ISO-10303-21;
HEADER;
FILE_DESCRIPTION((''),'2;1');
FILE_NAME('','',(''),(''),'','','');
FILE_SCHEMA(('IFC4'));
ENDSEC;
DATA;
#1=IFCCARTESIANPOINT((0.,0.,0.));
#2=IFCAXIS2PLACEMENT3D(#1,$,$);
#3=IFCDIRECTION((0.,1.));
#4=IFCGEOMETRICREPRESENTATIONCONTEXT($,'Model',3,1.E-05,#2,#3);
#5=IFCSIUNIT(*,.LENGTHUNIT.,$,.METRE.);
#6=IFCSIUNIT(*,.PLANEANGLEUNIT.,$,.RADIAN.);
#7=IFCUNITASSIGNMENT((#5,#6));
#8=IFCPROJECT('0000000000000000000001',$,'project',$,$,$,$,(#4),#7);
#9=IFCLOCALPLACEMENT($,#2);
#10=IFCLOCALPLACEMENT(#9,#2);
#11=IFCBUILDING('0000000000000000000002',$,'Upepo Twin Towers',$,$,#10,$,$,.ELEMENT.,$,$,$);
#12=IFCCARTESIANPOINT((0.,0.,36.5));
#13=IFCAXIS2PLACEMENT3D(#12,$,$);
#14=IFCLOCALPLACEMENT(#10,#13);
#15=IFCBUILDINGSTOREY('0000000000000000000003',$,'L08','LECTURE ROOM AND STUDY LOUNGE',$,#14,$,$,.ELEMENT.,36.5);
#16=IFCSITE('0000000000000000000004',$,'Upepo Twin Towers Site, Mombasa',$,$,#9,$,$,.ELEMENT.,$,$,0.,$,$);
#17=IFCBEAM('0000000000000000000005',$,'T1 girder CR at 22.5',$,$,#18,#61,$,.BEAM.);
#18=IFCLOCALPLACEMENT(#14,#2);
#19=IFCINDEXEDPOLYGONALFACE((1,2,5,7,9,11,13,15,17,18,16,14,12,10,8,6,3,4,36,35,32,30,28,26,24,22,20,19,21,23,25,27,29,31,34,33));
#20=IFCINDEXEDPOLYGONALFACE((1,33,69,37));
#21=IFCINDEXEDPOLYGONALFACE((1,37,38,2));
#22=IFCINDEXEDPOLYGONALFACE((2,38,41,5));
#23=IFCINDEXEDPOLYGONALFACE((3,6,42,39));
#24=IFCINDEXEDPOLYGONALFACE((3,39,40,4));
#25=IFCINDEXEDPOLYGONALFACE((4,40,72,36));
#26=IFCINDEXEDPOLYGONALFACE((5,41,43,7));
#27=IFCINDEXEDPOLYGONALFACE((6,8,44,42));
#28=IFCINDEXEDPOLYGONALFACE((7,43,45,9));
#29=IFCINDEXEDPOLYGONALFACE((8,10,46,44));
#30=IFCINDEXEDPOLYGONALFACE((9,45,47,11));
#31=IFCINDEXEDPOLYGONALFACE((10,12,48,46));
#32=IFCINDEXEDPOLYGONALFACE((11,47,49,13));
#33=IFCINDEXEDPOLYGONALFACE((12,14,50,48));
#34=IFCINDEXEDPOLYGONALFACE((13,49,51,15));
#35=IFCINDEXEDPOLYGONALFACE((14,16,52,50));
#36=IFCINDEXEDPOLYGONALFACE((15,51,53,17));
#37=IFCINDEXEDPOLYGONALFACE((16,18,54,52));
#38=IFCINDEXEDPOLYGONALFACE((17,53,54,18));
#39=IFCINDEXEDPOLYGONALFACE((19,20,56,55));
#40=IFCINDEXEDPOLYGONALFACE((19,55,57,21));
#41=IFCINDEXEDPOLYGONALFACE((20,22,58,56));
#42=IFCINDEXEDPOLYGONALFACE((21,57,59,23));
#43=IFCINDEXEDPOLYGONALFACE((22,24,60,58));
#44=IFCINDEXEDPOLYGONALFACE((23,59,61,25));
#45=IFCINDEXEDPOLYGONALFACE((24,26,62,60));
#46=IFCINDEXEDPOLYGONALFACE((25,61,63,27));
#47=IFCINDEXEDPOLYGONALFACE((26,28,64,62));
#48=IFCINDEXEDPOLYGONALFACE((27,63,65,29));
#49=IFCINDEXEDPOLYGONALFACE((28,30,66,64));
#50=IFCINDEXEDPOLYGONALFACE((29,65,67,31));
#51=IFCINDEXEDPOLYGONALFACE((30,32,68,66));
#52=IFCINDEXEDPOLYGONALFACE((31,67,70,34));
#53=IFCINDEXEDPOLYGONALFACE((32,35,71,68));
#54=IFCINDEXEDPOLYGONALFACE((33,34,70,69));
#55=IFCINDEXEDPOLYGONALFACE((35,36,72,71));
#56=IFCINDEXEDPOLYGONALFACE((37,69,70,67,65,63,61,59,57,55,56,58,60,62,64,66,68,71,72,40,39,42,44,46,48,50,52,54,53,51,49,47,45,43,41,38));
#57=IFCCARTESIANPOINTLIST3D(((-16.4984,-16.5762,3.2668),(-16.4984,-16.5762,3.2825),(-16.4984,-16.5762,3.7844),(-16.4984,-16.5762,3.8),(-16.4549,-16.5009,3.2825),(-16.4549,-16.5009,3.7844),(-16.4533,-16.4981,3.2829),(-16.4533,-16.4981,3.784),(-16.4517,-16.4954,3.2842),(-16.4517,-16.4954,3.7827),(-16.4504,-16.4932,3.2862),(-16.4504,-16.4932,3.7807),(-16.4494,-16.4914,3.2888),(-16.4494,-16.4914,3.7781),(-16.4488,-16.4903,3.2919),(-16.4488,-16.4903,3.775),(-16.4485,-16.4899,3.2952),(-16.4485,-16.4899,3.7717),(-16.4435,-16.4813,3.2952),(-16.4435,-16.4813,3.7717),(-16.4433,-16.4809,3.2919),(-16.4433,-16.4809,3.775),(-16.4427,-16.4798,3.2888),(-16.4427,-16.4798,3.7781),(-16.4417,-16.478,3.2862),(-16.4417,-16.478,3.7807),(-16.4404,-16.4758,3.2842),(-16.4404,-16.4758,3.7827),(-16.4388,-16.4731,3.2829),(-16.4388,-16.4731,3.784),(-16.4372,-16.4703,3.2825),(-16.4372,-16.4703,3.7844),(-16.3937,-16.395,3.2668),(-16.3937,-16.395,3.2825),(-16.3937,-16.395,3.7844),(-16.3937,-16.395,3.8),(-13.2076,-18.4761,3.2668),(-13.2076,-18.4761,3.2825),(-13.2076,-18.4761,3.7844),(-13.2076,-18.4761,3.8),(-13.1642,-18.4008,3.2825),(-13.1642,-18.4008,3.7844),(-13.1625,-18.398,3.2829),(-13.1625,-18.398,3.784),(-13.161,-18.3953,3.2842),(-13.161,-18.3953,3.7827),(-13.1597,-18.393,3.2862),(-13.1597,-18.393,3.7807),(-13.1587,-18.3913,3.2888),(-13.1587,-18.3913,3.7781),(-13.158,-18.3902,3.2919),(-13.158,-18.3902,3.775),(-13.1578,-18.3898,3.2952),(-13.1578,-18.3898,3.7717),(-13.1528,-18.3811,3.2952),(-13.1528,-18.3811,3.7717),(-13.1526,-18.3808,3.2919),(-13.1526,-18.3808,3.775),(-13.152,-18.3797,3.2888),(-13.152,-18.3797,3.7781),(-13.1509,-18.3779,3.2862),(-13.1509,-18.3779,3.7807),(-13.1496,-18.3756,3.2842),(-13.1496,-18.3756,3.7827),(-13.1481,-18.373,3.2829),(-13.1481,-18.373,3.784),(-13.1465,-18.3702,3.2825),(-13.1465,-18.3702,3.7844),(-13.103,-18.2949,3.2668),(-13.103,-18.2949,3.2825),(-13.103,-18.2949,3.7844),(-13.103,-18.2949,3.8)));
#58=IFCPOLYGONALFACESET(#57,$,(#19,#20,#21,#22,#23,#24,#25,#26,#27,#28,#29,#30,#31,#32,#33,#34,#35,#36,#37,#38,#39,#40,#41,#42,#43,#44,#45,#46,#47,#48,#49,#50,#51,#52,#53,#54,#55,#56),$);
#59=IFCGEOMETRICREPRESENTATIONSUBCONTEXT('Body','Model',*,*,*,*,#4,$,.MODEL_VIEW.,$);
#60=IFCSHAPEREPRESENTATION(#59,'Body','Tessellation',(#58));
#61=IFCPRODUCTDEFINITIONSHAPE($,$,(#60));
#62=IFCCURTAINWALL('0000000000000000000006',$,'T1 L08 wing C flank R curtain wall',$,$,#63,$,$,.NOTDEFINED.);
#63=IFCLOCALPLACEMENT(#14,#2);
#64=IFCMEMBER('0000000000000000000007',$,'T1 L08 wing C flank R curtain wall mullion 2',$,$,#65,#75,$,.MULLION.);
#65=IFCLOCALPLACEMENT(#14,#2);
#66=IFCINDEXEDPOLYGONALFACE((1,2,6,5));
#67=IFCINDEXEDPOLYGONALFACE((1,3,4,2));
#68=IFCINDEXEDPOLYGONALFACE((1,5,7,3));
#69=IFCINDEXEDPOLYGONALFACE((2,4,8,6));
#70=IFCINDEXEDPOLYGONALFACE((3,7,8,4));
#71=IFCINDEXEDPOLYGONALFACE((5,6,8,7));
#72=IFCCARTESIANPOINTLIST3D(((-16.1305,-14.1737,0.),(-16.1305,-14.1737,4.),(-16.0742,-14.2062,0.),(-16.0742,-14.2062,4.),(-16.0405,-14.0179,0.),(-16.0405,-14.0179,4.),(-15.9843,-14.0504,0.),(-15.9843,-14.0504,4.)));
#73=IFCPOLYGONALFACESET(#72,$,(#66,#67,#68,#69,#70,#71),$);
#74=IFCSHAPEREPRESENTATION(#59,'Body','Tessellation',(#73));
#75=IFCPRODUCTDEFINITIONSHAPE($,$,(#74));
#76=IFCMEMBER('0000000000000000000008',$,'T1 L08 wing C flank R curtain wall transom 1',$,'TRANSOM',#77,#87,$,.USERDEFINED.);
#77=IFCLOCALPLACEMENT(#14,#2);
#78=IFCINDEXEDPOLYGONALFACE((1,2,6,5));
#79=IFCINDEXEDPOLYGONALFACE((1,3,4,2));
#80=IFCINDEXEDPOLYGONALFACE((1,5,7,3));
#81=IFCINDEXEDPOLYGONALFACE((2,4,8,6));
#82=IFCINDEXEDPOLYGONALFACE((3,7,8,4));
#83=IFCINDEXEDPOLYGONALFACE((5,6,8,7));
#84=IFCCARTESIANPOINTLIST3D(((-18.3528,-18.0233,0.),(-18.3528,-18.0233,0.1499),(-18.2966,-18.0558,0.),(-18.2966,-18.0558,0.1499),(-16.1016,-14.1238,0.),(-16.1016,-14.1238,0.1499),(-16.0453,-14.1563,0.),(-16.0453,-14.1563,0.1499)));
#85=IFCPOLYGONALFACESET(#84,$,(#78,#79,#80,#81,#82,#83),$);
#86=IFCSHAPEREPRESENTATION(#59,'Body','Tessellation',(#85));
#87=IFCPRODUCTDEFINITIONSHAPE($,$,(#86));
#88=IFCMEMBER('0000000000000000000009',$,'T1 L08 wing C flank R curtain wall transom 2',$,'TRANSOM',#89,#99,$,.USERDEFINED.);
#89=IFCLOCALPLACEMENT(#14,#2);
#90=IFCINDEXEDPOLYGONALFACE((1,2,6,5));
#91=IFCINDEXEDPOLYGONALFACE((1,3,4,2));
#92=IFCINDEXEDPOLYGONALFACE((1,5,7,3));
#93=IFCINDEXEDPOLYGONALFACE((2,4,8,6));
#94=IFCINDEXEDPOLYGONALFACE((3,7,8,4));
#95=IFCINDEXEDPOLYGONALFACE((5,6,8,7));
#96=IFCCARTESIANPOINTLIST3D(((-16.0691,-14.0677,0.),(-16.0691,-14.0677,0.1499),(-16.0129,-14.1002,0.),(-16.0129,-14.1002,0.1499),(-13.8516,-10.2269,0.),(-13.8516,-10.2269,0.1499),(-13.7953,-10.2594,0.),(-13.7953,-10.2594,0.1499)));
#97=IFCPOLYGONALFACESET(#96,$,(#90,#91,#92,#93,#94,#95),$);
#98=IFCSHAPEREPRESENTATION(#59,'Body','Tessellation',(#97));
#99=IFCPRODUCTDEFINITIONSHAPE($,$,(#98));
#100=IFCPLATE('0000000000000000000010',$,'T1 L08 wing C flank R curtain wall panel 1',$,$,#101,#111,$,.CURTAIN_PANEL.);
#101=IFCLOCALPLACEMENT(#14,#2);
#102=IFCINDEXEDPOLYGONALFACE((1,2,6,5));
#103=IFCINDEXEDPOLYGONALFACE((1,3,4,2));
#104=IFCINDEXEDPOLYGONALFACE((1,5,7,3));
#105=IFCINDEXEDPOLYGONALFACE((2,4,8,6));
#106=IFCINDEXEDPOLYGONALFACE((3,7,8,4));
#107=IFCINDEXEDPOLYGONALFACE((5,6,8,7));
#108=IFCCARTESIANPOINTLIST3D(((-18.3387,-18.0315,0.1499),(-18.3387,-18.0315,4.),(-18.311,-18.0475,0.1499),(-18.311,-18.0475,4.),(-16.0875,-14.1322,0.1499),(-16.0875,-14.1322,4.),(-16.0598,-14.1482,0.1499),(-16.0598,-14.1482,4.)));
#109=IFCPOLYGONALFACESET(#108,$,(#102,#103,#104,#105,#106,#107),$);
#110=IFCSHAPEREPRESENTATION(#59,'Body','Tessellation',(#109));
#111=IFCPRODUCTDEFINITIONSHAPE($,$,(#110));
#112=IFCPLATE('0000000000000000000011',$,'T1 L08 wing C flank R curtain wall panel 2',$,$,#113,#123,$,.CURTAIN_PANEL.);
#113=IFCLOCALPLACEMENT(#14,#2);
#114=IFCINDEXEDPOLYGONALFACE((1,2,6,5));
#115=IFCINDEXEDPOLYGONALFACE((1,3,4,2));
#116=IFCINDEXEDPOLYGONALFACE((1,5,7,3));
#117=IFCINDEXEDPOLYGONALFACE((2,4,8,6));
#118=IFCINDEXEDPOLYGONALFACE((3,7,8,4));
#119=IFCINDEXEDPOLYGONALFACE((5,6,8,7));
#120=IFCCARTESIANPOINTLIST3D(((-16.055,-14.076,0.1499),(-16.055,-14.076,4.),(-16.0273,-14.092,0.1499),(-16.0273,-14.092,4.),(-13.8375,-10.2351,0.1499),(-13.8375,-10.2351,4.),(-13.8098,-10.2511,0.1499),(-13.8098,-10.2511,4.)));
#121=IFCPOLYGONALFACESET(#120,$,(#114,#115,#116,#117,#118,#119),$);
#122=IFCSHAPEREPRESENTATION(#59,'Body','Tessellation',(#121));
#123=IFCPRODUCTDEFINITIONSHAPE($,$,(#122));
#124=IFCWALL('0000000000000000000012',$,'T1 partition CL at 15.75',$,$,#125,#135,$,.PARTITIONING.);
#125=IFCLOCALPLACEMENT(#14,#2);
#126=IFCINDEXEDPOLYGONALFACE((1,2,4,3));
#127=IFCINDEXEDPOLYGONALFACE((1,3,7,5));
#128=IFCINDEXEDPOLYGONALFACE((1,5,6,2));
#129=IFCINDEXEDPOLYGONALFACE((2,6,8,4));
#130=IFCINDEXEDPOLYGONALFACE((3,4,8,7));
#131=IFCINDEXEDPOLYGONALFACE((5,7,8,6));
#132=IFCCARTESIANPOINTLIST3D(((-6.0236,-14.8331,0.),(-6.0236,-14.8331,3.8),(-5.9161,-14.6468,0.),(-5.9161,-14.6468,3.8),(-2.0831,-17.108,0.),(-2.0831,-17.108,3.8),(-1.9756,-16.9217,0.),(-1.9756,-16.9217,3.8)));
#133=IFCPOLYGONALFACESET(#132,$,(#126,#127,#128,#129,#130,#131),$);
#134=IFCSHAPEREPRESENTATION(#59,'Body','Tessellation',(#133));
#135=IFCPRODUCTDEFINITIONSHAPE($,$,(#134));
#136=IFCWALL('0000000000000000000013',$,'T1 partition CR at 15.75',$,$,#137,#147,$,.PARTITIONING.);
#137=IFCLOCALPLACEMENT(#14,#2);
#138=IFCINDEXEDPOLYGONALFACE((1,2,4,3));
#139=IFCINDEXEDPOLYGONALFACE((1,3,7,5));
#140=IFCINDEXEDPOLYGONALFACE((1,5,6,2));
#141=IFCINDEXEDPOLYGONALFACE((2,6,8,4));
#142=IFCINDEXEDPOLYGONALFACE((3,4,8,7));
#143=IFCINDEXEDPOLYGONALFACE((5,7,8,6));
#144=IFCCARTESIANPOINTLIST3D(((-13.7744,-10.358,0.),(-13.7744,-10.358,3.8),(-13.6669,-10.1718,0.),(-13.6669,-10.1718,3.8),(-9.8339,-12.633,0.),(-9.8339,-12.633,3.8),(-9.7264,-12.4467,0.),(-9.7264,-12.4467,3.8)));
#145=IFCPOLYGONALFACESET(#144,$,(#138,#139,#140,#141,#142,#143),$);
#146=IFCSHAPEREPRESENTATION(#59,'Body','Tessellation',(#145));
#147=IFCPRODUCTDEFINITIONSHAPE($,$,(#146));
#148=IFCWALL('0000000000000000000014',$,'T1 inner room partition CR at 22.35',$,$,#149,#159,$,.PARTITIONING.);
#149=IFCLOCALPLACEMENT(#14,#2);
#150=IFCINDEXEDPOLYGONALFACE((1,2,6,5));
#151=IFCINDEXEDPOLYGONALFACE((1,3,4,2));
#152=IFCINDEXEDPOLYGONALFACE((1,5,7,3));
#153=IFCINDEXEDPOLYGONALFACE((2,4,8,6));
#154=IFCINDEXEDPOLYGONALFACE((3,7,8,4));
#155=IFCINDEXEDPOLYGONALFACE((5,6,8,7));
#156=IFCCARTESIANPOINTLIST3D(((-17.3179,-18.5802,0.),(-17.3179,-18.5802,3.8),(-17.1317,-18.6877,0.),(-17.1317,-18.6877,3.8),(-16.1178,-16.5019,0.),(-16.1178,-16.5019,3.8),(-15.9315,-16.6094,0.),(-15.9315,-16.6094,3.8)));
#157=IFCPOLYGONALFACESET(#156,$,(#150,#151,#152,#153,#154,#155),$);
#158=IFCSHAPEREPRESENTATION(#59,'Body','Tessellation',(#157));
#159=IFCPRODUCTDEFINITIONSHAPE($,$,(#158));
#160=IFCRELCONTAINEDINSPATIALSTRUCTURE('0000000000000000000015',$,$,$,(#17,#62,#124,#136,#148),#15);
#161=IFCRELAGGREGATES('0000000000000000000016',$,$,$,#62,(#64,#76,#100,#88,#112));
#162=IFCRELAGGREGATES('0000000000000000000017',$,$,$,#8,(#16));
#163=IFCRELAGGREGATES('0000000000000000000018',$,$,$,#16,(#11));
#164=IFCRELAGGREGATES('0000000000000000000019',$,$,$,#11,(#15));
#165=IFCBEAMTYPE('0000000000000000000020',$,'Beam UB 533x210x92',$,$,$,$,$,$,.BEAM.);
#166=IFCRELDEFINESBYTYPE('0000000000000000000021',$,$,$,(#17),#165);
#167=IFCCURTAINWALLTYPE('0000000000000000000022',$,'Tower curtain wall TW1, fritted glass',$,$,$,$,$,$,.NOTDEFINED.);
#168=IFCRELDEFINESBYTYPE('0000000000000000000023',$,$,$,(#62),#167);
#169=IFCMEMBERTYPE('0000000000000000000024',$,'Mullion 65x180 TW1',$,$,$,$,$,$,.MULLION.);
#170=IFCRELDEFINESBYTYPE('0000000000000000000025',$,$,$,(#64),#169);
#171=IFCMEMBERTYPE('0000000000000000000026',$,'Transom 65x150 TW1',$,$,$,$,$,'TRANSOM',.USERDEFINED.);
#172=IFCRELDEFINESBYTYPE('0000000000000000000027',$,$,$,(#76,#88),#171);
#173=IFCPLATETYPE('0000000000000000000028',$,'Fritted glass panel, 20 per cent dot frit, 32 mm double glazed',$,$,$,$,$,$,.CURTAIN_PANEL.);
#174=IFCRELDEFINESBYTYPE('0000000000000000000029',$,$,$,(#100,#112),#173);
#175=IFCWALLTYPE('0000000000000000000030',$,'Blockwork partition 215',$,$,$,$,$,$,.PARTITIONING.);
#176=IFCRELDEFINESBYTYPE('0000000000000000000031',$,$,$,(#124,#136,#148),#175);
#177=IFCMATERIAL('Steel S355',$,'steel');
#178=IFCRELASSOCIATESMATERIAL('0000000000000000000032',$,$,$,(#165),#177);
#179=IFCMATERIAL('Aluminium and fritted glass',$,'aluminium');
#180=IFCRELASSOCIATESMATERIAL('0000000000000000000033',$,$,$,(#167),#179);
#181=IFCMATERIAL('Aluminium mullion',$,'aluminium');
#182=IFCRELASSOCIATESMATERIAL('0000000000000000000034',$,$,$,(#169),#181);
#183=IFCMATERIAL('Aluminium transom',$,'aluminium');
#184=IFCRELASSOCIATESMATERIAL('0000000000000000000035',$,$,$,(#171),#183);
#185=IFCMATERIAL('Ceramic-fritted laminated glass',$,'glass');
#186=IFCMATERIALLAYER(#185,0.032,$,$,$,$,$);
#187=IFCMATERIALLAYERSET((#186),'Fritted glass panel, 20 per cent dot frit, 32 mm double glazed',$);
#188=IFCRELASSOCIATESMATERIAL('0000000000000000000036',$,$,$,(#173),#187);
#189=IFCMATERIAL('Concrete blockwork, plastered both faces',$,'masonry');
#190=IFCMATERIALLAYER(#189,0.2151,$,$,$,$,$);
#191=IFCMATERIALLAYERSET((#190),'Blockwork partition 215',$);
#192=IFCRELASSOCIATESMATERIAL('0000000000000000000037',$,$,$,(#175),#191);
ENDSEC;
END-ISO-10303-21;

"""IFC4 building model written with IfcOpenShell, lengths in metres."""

from ifc_helpers import new_model, si_unit, direction, frame, frame_2d, origin, origin_2d, place, context, subcontext, project, spatial, rectangle, i_section, extrude, material, layer, layer_set, material_profile, profile_set, type_object, element, aggregate, save


model = new_model("IFC4")

# Units and contexts
model_context = context("Model", 3, precision=1e-05, world=origin(), true_north=direction((0.0, 1.0)))
body_context = subcontext(model_context, "Body", "Model", "MODEL_VIEW")
ifc_project = project(units=[si_unit("LENGTHUNIT", "METRE"), si_unit("PLANEANGLEUNIT", "RADIAN")], contexts=[model_context])

# Site, building, storey
site_placement = place(None, origin())
site = spatial("IfcSite", under=ifc_project, at=site_placement, Name="Upepo Twin Towers Site, Mombasa", CompositionType="ELEMENT", RefElevation=0.0)
building_placement = place(site_placement, origin())
building = spatial("IfcBuilding", under=site, at=building_placement, Name="Upepo Twin Towers", CompositionType="ELEMENT")
storey_placement = place(building_placement, frame((0.0, 0.0, 36.5)))
storey = spatial("IfcBuildingStorey", under=building, at=storey_placement, Name="L08", Description="LECTURE ROOM AND STUDY LOUNGE", CompositionType="ELEMENT", Elevation=36.5)

# Beam
ifc_material_1 = material(Name="Steel S355", Category="steel")
ifc_material_profile_1 = material_profile(ifc_material_1, i_section(OverallWidth=0.2092, OverallDepth=0.5332, WebThickness=0.01, FlangeThickness=0.0156, FilletRadius=0.0127, at=origin_2d()), Name="UB 533x210x92")
ifc_profile_set_1 = profile_set([ifc_material_profile_1], Name="Steel S355")
beam_type_1 = type_object("IfcBeamType", Name="Beam UB 533x210x92", PredefinedType="BEAM", material=ifc_profile_set_1)
beam_1_placement = place(storey_placement, frame((-16.446, -16.4856, 3.5334), z_axis=(0.866028, -0.499995, 0.0), x_axis=(0.499995, 0.866028, 0.0)))
element("IfcBeam", 1, at=beam_1_placement, inside=storey, type_object=beam_type_1, Name="T1 girder CR at 22.5", PredefinedType="BEAM", context=body_context, shape_type="SweptSolid", body=[
    extrude(i_section(OverallWidth=0.2092, OverallDepth=0.5332, WebThickness=0.01, FlangeThickness=0.0156, FilletRadius=0.0127, at=origin_2d()), origin(), (0.0, 0.0, 1.0), 3.7998),
])

# Curtain wall, members, plates
ifc_material_2 = material(Name="Aluminium and fritted glass", Category="aluminium")
curtain_wall_type = type_object("IfcCurtainWallType", Name="Tower curtain wall TW1, fritted glass", PredefinedType="NOTDEFINED", material=ifc_material_2)
curtain_wall_placement = place(storey_placement, origin())
curtain_wall = element("IfcCurtainWall", 2, at=curtain_wall_placement, inside=storey, type_object=curtain_wall_type, Name="T1 L08 wing C flank R curtain wall", PredefinedType="NOTDEFINED")
ifc_material_3 = material(Name="Aluminium mullion", Category="aluminium")
ifc_material_profile_2 = material_profile(ifc_material_3, rectangle(XDim=0.0649, YDim=0.1799, at=origin_2d()), Name="MULLION 65x180")
ifc_profile_set_2 = profile_set([ifc_material_profile_2], Name="Aluminium mullion")
member_type_1 = type_object("IfcMemberType", Name="Mullion 65x180 TW1", PredefinedType="MULLION", material=ifc_profile_set_2)
member_1_placement = place(storey_placement, frame((-16.0574, -14.1121, 0.0), z_axis=(0.0, 0.0, 1.0), x_axis=(-0.866025, 0.5, 0.0)))
member_1 = element("IfcMember", 3, at=member_1_placement, type_object=member_type_1, Name="T1 L08 wing C flank R curtain wall mullion 2", PredefinedType="MULLION", context=body_context, shape_type="SweptSolid", body=[
    extrude(rectangle(XDim=0.0649, YDim=0.1799, at=origin_2d()), origin(), (0.0, 0.0, 1.0), 4.0),
])
ifc_material_4 = material(Name="Aluminium transom", Category="aluminium")
ifc_material_profile_3 = material_profile(ifc_material_4, rectangle(XDim=0.0649, YDim=0.1499, at=origin_2d()), Name="TRANSOM 65x150")
ifc_profile_set_3 = profile_set([ifc_material_profile_3], Name="Aluminium transom")
member_type_2 = type_object("IfcMemberType", Name="Transom 65x150 TW1", ElementType="TRANSOM", PredefinedType="USERDEFINED", material=ifc_profile_set_3)
member_2_placement = place(storey_placement, frame((-18.3247, -18.0396, 0.075), z_axis=(0.499982, 0.866036, 0.0), x_axis=(-0.866036, 0.499982, 0.0)))
member_2 = element("IfcMember", 4, at=member_2_placement, type_object=member_type_2, Name="T1 L08 wing C flank R curtain wall transom 1", ObjectType="TRANSOM", PredefinedType="USERDEFINED", context=body_context, shape_type="SweptSolid", body=[
    extrude(rectangle(XDim=0.0649, YDim=0.1499, at=origin_2d()), origin(), (0.0, 0.0, 1.0), 4.5027),
])
member_3_placement = place(storey_placement, frame((-16.041, -14.084, 0.075), z_axis=(0.500005, 0.866022, 0.0), x_axis=(-0.866022, 0.500005, 0.0)))
member_3 = element("IfcMember", 5, at=member_3_placement, type_object=member_type_2, Name="T1 L08 wing C flank R curtain wall transom 2", ObjectType="TRANSOM", PredefinedType="USERDEFINED", context=body_context, shape_type="SweptSolid", body=[
    extrude(rectangle(XDim=0.0649, YDim=0.1499, at=origin_2d()), origin(), (0.0, 0.0, 1.0), 4.4351),
])
ifc_material_5 = material(Name="Ceramic-fritted laminated glass", Category="glass")
ifc_layer_1 = layer(ifc_material_5, 0.032)
ifc_layer_set_1 = layer_set([ifc_layer_1], Name="Fritted glass panel, 20 per cent dot frit, 32 mm double glazed")
plate_type = type_object("IfcPlateType", Name="Fritted glass panel, 20 per cent dot frit, 32 mm double glazed", PredefinedType="CURTAIN_PANEL", material=ifc_layer_set_1)
plate_1_placement = place(storey_placement, frame((-17.1992, -16.0898, 0.1499), z_axis=(0.0, 0.0, 1.0), x_axis=(0.5, 0.866025, 0.0)))
plate_1 = element("IfcPlate", 6, at=plate_1_placement, type_object=plate_type, Name="T1 L08 wing C flank R curtain wall panel 1", PredefinedType="CURTAIN_PANEL", context=body_context, shape_type="SweptSolid", body=[
    extrude(rectangle(XDim=4.5024, YDim=0.032, at=origin_2d()), origin(), (0.0, 0.0, 1.0), 3.8501),
])
plate_2_placement = place(storey_placement, frame((-14.9324, -12.1636, 0.1499), z_axis=(0.0, 0.0, 1.0), x_axis=(0.5, 0.866025, 0.0)))
plate_2 = element("IfcPlate", 7, at=plate_2_placement, type_object=plate_type, Name="T1 L08 wing C flank R curtain wall panel 2", PredefinedType="CURTAIN_PANEL", context=body_context, shape_type="SweptSolid", body=[
    extrude(rectangle(XDim=4.4351, YDim=0.032, at=origin_2d()), origin(), (0.0, 0.0, 1.0), 3.8501),
])
aggregate(curtain_wall, [member_1, member_2, plate_1, member_3, plate_2])

# Walls
ifc_material_6 = material(Name="Concrete blockwork, plastered both faces", Category="masonry")
ifc_layer_2 = layer(ifc_material_6, 0.2151)
ifc_layer_set_2 = layer_set([ifc_layer_2], Name="Blockwork partition 215")
wall_type_1 = type_object("IfcWallType", Name="Blockwork partition 215", PredefinedType="PARTITIONING", material=ifc_layer_set_2)
for number, where, z_axis, x_axis, name in (
    (8, (-5.9697, -14.74, 0.0), (0.0, 0.0, 1.0), (0.866035, -0.499983, 0.0), "T1 partition CL at 15.75"),
    (9, (-9.7803, -12.5398, 0.0), (0.0, 0.0, 1.0), (-0.866035, 0.499983, 0.0), "T1 partition CR at 15.75"),
):
    element("IfcWall", number, at=place(storey_placement, frame(where, z_axis=z_axis, x_axis=x_axis)), inside=storey, type_object=wall_type_1, Name=name, PredefinedType="PARTITIONING", context=body_context, shape_type="SweptSolid", body=[
        extrude(rectangle(XDim=4.55, YDim=0.2151, at=frame_2d((2.2749, 0.0))), origin(), (0.0, 0.0, 1.0), 3.8),
    ])
wall_1_placement = place(storey_placement, frame((-16.0247, -16.5557, 0.0), z_axis=(0.0, 0.0, 1.0), x_axis=(-0.500078, -0.865981, 0.0)))
element("IfcWall", 10, at=wall_1_placement, inside=storey, type_object=wall_type_1, Name="T1 inner room partition CR at 22.35", PredefinedType="PARTITIONING", context=body_context, shape_type="SweptSolid", body=[
    extrude(rectangle(XDim=2.3999, YDim=0.2151, at=frame_2d((1.2, 0.0))), origin(), (0.0, 0.0, 1.0), 3.8),
])

save(model, "model.ifc")
